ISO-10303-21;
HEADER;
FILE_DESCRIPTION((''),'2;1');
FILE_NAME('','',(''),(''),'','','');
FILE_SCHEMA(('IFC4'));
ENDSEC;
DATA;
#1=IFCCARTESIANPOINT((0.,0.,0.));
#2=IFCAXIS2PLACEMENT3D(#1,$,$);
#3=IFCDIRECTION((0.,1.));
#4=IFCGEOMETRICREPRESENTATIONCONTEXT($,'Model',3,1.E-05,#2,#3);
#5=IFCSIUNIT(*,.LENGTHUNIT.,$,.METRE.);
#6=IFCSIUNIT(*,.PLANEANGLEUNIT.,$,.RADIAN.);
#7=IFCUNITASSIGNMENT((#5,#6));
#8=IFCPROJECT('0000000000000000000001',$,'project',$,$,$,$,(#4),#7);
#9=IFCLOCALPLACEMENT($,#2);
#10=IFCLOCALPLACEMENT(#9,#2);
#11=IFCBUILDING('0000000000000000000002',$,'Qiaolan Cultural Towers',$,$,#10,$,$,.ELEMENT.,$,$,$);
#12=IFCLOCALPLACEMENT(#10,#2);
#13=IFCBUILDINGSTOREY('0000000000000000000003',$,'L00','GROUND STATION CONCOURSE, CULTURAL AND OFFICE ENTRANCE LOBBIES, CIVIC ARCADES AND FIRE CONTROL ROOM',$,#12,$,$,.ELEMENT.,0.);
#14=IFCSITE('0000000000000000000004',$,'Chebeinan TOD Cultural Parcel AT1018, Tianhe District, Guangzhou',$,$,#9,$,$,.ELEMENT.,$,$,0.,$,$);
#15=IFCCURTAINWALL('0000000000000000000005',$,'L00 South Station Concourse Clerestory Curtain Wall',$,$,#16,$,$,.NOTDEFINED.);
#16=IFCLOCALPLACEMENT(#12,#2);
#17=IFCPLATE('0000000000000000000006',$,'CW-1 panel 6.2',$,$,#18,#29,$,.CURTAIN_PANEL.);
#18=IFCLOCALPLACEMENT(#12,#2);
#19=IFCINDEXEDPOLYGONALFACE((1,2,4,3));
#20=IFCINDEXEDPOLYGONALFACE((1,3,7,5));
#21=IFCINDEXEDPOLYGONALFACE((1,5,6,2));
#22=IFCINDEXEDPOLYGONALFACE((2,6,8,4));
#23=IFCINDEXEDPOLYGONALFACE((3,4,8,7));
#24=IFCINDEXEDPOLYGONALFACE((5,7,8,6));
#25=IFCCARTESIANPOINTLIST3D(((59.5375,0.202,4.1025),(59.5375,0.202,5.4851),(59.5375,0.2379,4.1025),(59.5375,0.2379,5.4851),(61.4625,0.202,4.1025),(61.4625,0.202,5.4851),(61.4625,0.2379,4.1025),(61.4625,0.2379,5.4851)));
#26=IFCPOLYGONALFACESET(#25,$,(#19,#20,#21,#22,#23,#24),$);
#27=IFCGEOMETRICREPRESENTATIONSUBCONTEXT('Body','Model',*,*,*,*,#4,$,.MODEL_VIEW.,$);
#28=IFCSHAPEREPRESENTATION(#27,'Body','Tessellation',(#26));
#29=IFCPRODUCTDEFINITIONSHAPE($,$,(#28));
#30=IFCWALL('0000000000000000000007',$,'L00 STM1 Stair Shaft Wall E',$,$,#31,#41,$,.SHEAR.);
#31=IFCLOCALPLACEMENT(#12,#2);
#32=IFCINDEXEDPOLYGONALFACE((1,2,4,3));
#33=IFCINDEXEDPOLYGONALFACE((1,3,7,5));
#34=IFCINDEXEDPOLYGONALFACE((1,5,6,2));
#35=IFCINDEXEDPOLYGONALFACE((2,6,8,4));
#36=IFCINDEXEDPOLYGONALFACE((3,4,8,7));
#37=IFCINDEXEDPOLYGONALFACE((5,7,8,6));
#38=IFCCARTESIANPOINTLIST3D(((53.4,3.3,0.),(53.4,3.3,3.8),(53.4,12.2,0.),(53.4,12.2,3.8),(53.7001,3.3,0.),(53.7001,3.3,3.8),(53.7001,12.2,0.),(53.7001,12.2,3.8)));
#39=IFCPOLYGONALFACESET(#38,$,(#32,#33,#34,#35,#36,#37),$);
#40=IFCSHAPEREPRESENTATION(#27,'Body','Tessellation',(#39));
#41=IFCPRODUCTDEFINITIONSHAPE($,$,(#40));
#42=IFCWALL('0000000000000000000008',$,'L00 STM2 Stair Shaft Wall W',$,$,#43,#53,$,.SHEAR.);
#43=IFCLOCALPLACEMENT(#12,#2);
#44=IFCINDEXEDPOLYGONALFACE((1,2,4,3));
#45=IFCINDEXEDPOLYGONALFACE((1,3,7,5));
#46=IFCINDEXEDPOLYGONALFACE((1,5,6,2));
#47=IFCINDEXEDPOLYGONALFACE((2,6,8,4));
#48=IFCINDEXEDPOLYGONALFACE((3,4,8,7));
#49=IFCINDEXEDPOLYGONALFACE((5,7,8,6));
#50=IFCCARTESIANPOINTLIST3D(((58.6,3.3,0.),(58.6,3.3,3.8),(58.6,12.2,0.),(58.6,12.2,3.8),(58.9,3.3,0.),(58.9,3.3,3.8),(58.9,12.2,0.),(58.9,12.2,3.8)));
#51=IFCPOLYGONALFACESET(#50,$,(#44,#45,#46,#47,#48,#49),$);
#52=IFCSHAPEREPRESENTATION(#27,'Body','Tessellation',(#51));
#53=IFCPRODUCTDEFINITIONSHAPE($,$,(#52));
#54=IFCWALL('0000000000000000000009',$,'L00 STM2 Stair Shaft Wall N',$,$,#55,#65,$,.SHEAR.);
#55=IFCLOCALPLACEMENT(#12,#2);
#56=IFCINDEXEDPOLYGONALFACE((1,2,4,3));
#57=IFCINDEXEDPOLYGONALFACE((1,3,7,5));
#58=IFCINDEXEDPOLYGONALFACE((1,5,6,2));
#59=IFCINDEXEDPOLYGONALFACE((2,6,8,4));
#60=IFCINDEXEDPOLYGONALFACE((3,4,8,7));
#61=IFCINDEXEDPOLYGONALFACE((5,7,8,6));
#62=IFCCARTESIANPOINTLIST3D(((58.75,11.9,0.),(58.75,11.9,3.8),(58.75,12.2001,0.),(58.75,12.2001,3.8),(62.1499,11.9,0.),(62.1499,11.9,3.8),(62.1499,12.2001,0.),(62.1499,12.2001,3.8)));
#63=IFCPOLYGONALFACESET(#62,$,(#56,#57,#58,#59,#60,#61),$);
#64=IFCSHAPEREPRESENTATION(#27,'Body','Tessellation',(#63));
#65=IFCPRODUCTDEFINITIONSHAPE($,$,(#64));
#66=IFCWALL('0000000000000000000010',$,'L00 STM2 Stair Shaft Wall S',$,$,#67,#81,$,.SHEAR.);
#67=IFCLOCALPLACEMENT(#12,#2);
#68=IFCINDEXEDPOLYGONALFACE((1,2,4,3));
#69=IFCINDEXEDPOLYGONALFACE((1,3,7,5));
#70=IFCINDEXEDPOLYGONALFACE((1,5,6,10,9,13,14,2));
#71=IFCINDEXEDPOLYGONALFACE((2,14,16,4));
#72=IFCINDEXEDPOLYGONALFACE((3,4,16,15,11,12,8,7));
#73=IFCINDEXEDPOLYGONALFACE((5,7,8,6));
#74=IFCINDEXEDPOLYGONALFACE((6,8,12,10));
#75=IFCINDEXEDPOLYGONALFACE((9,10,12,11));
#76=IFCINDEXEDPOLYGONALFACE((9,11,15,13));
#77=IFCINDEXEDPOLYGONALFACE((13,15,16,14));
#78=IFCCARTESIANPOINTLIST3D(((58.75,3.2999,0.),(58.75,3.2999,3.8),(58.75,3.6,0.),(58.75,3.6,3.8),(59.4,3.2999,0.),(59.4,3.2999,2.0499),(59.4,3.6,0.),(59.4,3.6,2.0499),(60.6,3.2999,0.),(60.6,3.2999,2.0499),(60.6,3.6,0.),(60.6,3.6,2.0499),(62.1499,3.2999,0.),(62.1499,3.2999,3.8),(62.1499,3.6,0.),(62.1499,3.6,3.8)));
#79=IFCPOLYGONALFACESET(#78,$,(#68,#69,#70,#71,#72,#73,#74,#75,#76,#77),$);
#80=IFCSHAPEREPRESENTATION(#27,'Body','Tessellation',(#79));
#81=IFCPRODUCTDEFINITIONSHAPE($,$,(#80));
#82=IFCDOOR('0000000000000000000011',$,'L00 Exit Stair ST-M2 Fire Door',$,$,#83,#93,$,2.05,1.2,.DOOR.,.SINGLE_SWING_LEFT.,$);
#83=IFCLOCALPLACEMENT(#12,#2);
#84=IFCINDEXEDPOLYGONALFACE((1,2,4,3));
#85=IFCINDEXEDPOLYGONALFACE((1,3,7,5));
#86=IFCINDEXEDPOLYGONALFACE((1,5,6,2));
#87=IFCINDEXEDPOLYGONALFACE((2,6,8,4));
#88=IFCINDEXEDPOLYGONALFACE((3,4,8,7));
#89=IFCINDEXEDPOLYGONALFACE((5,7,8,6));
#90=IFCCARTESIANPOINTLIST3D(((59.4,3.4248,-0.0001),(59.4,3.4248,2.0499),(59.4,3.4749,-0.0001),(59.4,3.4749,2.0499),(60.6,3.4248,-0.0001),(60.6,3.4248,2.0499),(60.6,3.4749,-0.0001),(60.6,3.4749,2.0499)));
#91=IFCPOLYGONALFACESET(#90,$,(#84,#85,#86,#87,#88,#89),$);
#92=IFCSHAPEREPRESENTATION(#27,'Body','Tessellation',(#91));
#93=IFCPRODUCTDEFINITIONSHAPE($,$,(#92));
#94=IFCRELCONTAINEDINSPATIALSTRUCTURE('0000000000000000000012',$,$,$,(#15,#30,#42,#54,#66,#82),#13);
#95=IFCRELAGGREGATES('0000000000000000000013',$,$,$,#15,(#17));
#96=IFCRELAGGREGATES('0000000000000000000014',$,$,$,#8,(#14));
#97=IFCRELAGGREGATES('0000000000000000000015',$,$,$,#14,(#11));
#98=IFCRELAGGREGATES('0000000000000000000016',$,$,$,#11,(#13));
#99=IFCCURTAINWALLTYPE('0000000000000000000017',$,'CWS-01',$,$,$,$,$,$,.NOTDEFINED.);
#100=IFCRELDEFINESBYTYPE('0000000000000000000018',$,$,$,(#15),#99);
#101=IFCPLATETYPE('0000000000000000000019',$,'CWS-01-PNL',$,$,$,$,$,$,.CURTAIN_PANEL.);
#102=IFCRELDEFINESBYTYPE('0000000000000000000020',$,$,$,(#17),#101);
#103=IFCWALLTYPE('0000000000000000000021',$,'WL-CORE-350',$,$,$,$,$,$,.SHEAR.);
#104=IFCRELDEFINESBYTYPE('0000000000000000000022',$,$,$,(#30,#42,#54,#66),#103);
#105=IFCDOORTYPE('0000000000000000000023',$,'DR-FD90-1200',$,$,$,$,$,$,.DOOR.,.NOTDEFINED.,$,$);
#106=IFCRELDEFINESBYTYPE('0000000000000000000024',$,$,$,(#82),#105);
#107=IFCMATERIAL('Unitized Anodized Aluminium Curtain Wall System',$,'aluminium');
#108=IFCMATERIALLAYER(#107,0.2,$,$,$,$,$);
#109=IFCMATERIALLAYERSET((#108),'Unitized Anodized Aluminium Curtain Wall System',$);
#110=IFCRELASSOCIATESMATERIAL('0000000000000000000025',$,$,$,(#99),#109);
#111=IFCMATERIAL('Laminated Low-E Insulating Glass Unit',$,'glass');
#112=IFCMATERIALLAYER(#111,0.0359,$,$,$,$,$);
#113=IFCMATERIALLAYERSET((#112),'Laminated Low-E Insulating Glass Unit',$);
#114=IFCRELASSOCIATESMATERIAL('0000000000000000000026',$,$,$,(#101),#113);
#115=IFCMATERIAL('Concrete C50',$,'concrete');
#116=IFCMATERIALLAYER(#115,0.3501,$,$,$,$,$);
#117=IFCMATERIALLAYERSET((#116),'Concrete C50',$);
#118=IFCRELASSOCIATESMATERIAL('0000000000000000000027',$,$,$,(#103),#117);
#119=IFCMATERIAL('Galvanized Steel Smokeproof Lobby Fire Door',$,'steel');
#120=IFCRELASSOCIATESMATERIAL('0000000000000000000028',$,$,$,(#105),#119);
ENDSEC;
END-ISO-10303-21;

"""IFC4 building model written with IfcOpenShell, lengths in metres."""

from ifc_helpers import new_model, si_unit, direction, frame, frame_2d, origin, origin_2d, place, context, subcontext, project, spatial, rectangle, extrude, material, layer, layer_set, type_object, element, fill, aggregate, save


model = new_model("IFC4")

# Units and contexts
model_context = context("Model", 3, precision=1e-05, world=origin(), true_north=direction((0.0, 1.0)))
body_context = subcontext(model_context, "Body", "Model", "MODEL_VIEW")
ifc_project = project(units=[si_unit("LENGTHUNIT", "METRE"), si_unit("PLANEANGLEUNIT", "RADIAN")], contexts=[model_context])

# Site, building, storey
site_placement = place(None, origin())
site = spatial("IfcSite", under=ifc_project, at=site_placement, Name="Chebeinan TOD Cultural Parcel AT1018, Tianhe District, Guangzhou", CompositionType="ELEMENT", RefElevation=0.0)
building_placement = place(site_placement, origin())
building = spatial("IfcBuilding", under=site, at=building_placement, Name="Qiaolan Cultural Towers", CompositionType="ELEMENT")
storey_placement = place(building_placement, origin())
storey = spatial("IfcBuildingStorey", under=building, at=storey_placement, Name="L00", Description="GROUND STATION CONCOURSE, CULTURAL AND OFFICE ENTRANCE LOBBIES, CIVIC ARCADES AND FIRE CONTROL ROOM", CompositionType="ELEMENT", Elevation=0.0)

# Curtain wall, plate
ifc_material_1 = material(Name="Unitized Anodized Aluminium Curtain Wall System", Category="aluminium")
ifc_layer_1 = layer(ifc_material_1, 0.2)
ifc_layer_set_1 = layer_set([ifc_layer_1], Name="Unitized Anodized Aluminium Curtain Wall System")
curtain_wall_type = type_object("IfcCurtainWallType", Name="CWS-01", PredefinedType="NOTDEFINED", material=ifc_layer_set_1)
curtain_wall_placement = place(storey_placement, origin())
curtain_wall = element("IfcCurtainWall", 1, at=curtain_wall_placement, inside=storey, type_object=curtain_wall_type, Name="L00 South Station Concourse Clerestory Curtain Wall", PredefinedType="NOTDEFINED")
ifc_material_2 = material(Name="Laminated Low-E Insulating Glass Unit", Category="glass")
ifc_layer_2 = layer(ifc_material_2, 0.0359)
ifc_layer_set_2 = layer_set([ifc_layer_2], Name="Laminated Low-E Insulating Glass Unit")
plate_type = type_object("IfcPlateType", Name="CWS-01-PNL", PredefinedType="CURTAIN_PANEL", material=ifc_layer_set_2)
plate_1_placement = place(storey_placement, frame((60.5, 0.22, 4.1025), z_axis=(0.0, 0.0, 1.0), x_axis=(1.0, 0.0, 0.0)))
plate_1 = element("IfcPlate", 2, at=plate_1_placement, type_object=plate_type, Name="CW-1 panel 6.2", PredefinedType="CURTAIN_PANEL", context=body_context, shape_type="SweptSolid", body=[
    extrude(rectangle(XDim=1.925, YDim=0.0359, at=origin_2d()), origin(), (0.0, 0.0, 1.0), 1.3826),
])
aggregate(curtain_wall, [plate_1])

# Walls
ifc_material_3 = material(Name="Concrete C50", Category="concrete")
ifc_layer_3 = layer(ifc_material_3, 0.3501)
ifc_layer_set_3 = layer_set([ifc_layer_3], Name="Concrete C50")
wall_type = type_object("IfcWallType", Name="WL-CORE-350", PredefinedType="SHEAR", material=ifc_layer_set_3)
for number, where, z_axis, x_axis, name in (
    (3, (53.55, 3.3, 0.0), (0.0, 0.0, 1.0), (0.0, 1.0, 0.0), "L00 STM1 Stair Shaft Wall E"),
    (4, (58.75, 3.3, 0.0), (0.0, 0.0, 1.0), (0.0, 1.0, 0.0), "L00 STM2 Stair Shaft Wall W"),
):
    element("IfcWall", number, at=place(storey_placement, frame(where, z_axis=z_axis, x_axis=x_axis)), inside=storey, type_object=wall_type, Name=name, PredefinedType="SHEAR", context=body_context, shape_type="SweptSolid", body=[
        extrude(rectangle(XDim=8.8999, YDim=0.3, at=frame_2d((4.45, 0.0))), origin(), (0.0, 0.0, 1.0), 3.8),
    ])
wall_1_placement = place(storey_placement, frame((58.75, 12.05, 0.0), z_axis=(0.0, 0.0, 1.0), x_axis=(1.0, 0.0, 0.0)))
element("IfcWall", 5, at=wall_1_placement, inside=storey, type_object=wall_type, Name="L00 STM2 Stair Shaft Wall N", PredefinedType="SHEAR", context=body_context, shape_type="SweptSolid", body=[
    extrude(rectangle(XDim=3.3999, YDim=0.3, at=frame_2d((1.7, 0.0))), origin(), (0.0, 0.0, 1.0), 3.8),
])

# Wall, opening, door
wall_2_placement = place(storey_placement, frame((58.75, 3.45, 0.0), z_axis=(0.0, 0.0, 1.0), x_axis=(1.0, 0.0, 0.0)))
wall_2 = element("IfcWall", 6, at=wall_2_placement, inside=storey, type_object=wall_type, Name="L00 STM2 Stair Shaft Wall S", PredefinedType="SHEAR", context=body_context, shape_type="SweptSolid", body=[
    extrude(rectangle(XDim=3.3999, YDim=0.3, at=frame_2d((1.7, 0.0))), origin(), (0.0, 0.0, 1.0), 3.8),
])
opening_placement = place(wall_2_placement, frame((0.6499, 0.0, 0.0)))
opening = element("IfcOpeningElement", 7, at=opening_placement, cuts=wall_2, PredefinedType="OPENING", context=body_context, shape_type="SweptSolid", body=[
    extrude(rectangle(XDim=1.2, YDim=2.05, at=frame_2d((0.6001, 1.0249))), frame((0.0, 0.1599, 0.0), z_axis=(0.0, -1.0, 0.0), x_axis=(1.0, 0.0, 0.0)), (0.0, 0.0, 1.0), 0.3201),
])
ifc_material_4 = material(Name="Galvanized Steel Smokeproof Lobby Fire Door", Category="steel")
door_type = type_object("IfcDoorType", Name="DR-FD90-1200", OperationType="NOTDEFINED", PredefinedType="DOOR", material=ifc_material_4)
door_placement = place(opening_placement, origin())
door = element("IfcDoor", 8, at=door_placement, inside=storey, type_object=door_type, Name="L00 Exit Stair ST-M2 Fire Door", OperationType="SINGLE_SWING_LEFT", OverallHeight=2.05, OverallWidth=1.2, PredefinedType="DOOR", context=body_context, shape_type="SweptSolid", body=[
    extrude(rectangle(XDim=1.2, YDim=2.05, at=frame_2d((0.6001, 1.0249))), frame((0.0, 0.0249, 0.0), z_axis=(0.0, -1.0, 0.0), x_axis=(1.0, 0.0, 0.0)), (0.0, 0.0, 1.0), 0.05),
])
fill(opening, door)

save(model, "model.ifc")
